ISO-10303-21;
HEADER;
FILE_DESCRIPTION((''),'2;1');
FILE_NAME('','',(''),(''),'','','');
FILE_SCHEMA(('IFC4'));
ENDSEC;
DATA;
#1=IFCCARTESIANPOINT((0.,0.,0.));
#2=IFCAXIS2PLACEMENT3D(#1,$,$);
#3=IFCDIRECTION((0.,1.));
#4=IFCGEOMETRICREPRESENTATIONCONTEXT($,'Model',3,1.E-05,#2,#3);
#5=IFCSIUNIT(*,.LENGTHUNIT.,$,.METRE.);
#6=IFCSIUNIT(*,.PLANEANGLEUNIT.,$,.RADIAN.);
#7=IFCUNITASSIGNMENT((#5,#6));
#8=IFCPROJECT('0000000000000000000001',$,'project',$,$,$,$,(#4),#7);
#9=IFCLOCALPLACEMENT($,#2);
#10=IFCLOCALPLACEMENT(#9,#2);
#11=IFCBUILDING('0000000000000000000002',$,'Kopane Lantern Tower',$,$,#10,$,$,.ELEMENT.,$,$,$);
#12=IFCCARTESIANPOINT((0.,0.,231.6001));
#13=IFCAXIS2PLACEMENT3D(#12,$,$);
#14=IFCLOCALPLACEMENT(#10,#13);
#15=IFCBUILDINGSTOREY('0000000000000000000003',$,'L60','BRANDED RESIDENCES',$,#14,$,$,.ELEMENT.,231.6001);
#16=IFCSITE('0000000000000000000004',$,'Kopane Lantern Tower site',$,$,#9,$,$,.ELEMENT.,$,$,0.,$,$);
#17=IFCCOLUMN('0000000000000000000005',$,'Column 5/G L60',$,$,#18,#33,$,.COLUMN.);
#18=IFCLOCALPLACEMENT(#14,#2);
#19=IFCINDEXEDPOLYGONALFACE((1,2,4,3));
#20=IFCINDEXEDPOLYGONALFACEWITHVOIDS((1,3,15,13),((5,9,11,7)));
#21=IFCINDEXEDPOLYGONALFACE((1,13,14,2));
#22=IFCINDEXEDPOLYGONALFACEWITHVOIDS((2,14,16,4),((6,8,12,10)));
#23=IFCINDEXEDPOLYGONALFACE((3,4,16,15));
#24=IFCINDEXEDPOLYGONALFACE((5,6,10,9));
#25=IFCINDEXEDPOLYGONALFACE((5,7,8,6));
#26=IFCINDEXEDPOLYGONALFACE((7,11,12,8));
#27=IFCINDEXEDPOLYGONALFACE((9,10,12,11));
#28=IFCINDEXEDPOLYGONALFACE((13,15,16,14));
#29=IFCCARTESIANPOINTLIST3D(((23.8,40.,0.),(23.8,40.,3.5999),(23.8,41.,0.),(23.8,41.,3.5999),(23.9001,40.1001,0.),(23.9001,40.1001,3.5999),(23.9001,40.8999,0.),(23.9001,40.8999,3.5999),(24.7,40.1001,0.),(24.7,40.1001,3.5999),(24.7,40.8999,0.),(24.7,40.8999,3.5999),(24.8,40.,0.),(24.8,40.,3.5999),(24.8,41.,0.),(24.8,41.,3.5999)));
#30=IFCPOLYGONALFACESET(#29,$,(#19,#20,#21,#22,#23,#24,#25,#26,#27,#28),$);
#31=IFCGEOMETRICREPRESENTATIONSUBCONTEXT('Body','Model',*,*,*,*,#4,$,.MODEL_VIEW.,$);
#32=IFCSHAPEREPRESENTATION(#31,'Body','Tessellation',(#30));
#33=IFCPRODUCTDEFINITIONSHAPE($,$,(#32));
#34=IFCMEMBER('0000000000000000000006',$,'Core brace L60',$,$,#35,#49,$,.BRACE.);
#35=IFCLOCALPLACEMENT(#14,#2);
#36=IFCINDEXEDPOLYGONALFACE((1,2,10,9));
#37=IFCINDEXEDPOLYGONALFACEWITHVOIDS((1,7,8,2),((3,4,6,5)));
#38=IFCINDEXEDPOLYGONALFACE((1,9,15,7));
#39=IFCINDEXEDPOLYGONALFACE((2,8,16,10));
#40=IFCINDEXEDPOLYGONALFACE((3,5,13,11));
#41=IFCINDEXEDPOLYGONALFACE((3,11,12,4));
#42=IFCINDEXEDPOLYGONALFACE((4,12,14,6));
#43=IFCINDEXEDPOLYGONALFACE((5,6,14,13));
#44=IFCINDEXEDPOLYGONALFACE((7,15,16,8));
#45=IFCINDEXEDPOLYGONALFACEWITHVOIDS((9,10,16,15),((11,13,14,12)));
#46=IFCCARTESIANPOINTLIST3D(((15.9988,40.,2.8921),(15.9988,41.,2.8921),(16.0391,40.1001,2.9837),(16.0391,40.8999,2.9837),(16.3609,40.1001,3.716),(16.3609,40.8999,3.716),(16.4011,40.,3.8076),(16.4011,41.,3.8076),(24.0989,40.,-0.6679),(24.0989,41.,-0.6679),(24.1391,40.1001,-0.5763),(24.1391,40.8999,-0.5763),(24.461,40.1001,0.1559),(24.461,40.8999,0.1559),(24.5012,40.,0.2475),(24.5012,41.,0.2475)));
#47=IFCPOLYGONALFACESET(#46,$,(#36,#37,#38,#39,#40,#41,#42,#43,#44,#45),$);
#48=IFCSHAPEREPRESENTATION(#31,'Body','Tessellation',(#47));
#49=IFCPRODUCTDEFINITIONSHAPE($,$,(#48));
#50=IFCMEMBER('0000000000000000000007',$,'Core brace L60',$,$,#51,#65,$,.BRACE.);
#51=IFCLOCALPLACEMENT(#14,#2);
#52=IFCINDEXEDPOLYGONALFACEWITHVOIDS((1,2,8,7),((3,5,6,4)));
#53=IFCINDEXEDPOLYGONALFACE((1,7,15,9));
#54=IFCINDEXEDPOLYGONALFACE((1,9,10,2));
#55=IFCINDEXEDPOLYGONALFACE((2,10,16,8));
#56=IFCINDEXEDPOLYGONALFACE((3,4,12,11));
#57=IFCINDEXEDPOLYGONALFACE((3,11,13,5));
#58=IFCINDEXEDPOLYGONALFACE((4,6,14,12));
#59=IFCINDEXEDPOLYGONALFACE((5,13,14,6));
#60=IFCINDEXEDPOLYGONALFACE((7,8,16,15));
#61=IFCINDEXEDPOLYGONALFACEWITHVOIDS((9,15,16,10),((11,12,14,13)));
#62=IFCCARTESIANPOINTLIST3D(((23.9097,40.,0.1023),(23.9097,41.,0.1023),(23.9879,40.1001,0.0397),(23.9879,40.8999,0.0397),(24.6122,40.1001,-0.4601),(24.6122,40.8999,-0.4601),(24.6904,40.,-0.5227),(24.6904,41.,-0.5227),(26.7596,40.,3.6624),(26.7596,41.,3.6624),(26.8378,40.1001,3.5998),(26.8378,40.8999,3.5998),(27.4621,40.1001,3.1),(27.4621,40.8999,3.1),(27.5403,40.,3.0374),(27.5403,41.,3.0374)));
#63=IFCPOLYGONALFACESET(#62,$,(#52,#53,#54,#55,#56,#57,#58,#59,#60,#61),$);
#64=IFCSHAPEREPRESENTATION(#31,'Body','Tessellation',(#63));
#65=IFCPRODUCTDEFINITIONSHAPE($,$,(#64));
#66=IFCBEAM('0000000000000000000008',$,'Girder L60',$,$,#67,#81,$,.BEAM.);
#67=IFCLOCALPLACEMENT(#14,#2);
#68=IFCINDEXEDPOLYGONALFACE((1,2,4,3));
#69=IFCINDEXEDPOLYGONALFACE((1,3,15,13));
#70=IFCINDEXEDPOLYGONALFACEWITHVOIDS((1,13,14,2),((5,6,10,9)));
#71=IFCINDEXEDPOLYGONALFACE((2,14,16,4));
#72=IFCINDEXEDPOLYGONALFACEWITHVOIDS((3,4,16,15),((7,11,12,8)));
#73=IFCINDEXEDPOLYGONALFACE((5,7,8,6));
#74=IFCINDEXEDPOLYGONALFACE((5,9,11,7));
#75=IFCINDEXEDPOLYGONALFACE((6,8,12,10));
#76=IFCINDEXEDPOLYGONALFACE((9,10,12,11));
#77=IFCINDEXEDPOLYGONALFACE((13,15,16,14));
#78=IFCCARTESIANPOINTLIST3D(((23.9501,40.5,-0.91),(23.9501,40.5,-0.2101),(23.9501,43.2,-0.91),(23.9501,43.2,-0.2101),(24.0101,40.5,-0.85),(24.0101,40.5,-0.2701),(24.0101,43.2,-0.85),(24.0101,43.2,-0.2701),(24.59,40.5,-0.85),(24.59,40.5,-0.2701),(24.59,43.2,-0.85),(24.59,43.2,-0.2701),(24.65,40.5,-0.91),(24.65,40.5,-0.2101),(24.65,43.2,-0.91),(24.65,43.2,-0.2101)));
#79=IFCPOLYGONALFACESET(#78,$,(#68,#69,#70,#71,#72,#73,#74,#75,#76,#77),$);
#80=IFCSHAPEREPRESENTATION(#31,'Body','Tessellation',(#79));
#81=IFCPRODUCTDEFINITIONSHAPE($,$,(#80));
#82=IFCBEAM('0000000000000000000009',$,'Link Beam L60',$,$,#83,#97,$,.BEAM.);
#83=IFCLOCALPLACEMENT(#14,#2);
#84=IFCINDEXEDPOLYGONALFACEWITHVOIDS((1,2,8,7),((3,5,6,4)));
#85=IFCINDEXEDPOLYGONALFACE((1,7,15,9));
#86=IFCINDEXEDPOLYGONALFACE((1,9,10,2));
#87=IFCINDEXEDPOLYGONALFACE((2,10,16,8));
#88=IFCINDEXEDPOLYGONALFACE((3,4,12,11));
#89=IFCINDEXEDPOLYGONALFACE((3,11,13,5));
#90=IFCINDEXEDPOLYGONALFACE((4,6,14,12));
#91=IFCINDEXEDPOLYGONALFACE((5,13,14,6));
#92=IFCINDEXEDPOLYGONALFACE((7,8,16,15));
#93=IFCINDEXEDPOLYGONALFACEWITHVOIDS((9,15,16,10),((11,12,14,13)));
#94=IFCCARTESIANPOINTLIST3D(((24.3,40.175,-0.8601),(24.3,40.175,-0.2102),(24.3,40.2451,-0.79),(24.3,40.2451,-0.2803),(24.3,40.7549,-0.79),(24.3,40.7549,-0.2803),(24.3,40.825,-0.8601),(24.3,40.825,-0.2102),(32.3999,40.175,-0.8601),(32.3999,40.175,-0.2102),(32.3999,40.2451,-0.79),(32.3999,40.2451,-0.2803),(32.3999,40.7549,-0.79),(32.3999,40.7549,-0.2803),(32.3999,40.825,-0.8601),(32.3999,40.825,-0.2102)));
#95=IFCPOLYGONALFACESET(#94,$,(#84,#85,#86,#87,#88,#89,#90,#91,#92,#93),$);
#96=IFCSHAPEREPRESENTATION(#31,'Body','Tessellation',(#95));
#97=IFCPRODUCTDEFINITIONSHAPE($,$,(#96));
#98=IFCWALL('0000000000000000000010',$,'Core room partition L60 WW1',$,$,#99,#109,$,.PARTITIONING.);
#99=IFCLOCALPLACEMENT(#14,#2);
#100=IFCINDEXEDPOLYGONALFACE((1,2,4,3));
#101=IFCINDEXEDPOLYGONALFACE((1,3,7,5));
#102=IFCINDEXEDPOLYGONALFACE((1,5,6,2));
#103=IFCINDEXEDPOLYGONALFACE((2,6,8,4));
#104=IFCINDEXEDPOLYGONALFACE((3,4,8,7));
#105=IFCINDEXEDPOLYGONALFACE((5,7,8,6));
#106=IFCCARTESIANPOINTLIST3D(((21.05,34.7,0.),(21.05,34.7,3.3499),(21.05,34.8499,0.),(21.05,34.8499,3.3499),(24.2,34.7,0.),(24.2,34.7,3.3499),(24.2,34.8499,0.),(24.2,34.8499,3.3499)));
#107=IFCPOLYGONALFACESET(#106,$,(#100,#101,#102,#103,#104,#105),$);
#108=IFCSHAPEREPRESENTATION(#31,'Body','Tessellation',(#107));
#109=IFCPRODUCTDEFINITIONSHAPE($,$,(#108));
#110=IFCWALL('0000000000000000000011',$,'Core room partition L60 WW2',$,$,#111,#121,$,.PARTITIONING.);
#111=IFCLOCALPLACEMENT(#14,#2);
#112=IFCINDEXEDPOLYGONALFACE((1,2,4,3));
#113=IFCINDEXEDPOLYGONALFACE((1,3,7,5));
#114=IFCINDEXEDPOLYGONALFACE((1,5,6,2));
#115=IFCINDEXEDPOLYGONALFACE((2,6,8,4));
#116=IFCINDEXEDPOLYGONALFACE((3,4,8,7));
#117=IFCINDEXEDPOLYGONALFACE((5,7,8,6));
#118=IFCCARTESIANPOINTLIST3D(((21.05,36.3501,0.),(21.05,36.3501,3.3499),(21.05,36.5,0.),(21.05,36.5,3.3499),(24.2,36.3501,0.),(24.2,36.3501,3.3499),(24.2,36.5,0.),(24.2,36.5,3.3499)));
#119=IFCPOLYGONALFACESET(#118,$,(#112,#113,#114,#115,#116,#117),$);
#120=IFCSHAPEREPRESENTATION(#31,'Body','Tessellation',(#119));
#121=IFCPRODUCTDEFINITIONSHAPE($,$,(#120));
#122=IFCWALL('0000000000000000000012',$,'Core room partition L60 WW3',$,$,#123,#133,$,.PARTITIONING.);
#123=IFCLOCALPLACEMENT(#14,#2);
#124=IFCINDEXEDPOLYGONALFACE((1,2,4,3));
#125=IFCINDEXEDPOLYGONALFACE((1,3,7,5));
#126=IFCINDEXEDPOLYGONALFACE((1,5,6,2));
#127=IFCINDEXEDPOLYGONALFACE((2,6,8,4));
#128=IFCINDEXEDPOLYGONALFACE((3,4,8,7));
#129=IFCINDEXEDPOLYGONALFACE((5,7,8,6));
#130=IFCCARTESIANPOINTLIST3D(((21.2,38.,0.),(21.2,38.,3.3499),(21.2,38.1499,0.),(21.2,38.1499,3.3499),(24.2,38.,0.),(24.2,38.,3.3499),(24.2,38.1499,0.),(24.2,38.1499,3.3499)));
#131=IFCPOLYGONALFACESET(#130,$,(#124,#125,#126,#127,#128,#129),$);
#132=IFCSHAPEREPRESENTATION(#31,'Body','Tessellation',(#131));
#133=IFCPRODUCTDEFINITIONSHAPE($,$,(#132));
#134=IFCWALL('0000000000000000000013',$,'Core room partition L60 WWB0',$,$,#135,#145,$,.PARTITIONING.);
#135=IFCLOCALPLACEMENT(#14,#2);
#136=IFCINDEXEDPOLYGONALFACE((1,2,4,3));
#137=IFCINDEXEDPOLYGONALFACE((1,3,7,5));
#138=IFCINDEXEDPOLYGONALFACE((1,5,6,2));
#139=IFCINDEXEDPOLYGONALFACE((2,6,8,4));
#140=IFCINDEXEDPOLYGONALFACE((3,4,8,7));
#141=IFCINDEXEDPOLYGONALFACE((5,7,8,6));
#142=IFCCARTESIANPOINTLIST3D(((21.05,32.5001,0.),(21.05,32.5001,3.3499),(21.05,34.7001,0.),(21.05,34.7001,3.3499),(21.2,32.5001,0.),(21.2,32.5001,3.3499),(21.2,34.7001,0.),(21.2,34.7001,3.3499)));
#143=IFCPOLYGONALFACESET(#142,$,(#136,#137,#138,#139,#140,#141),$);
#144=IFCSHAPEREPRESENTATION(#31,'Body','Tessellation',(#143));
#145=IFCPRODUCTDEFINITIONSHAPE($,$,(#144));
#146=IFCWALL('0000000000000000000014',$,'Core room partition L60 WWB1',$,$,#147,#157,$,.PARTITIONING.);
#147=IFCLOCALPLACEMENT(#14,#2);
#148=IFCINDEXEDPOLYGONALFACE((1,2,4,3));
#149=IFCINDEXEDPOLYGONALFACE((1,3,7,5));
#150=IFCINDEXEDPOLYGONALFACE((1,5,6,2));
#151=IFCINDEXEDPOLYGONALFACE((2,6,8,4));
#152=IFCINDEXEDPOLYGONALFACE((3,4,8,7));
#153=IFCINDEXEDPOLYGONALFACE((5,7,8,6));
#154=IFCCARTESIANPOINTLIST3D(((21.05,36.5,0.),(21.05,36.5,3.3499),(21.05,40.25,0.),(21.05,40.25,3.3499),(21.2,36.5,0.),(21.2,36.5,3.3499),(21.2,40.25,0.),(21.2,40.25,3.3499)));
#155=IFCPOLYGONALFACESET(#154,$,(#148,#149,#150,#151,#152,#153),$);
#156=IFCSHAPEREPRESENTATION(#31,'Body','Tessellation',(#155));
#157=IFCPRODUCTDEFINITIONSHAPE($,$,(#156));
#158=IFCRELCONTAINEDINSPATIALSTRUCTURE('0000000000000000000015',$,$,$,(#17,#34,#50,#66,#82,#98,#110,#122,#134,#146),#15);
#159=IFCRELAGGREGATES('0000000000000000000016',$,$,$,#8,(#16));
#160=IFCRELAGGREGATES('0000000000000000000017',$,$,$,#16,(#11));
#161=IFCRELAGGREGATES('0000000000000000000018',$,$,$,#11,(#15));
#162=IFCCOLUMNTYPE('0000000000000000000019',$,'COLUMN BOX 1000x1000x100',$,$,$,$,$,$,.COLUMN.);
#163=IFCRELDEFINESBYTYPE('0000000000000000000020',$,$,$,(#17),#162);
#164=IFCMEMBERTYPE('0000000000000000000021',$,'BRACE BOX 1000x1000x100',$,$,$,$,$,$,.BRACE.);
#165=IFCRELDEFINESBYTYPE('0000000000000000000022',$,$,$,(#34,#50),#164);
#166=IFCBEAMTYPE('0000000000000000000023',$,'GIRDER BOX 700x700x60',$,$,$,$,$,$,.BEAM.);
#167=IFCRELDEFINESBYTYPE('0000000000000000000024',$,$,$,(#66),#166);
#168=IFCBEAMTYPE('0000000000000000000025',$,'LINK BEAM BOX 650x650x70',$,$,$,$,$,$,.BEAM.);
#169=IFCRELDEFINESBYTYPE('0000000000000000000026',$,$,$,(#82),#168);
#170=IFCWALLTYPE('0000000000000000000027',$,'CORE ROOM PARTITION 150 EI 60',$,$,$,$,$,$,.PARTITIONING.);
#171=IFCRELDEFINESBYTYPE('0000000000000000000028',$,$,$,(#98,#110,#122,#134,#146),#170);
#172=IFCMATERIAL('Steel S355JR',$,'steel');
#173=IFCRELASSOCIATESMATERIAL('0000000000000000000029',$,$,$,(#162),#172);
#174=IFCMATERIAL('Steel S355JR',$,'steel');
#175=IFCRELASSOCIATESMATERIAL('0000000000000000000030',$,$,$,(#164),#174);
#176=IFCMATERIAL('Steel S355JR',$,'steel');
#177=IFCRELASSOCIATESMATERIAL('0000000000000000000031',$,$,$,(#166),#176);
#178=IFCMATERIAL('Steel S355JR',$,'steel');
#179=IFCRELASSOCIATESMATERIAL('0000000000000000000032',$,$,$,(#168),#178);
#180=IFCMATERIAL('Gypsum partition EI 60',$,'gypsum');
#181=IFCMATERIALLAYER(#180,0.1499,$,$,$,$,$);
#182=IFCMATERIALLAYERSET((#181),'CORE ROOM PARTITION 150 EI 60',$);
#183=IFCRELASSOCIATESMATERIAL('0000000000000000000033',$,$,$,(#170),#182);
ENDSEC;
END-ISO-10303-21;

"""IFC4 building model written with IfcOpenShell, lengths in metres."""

from ifc_helpers import new_model, si_unit, direction, frame, frame_2d, origin, origin_2d, place, context, subcontext, project, spatial, rectangle, hollow_rectangle, extrude, material, layer, layer_set, material_profile, profile_set, type_object, element, save


model = new_model("IFC4")

# Units and contexts
model_context = context("Model", 3, precision=1e-05, world=origin(), true_north=direction((0.0, 1.0)))
body_context = subcontext(model_context, "Body", "Model", "MODEL_VIEW")
ifc_project = project(units=[si_unit("LENGTHUNIT", "METRE"), si_unit("PLANEANGLEUNIT", "RADIAN")], contexts=[model_context])

# Site, building, storey
site_placement = place(None, origin())
site = spatial("IfcSite", under=ifc_project, at=site_placement, Name="Kopane Lantern Tower site", CompositionType="ELEMENT", RefElevation=0.0)
building_placement = place(site_placement, origin())
building = spatial("IfcBuilding", under=site, at=building_placement, Name="Kopane Lantern Tower", CompositionType="ELEMENT")
storey_placement = place(building_placement, frame((0.0, 0.0, 231.6001)))
storey = spatial("IfcBuildingStorey", under=building, at=storey_placement, Name="L60", Description="BRANDED RESIDENCES", CompositionType="ELEMENT", Elevation=231.6001)

# Column
ifc_material_1 = material(Name="Steel S355JR", Category="steel")
ifc_material_profile_1 = material_profile(ifc_material_1, hollow_rectangle(XDim=1.0, YDim=1.0, WallThickness=0.1001, at=origin_2d()), Name="BOX 1000x1000x100")
ifc_profile_set_1 = profile_set([ifc_material_profile_1], Name="Steel S355JR")
column_type = type_object("IfcColumnType", Name="COLUMN BOX 1000x1000x100", PredefinedType="COLUMN", material=ifc_profile_set_1)
column_placement = place(storey_placement, frame((24.3, 40.5, 0.0), z_axis=(0.0, 0.0, 1.0), x_axis=(1.0, 0.0, 0.0)))
element("IfcColumn", 1, at=column_placement, inside=storey, type_object=column_type, Name="Column 5/G L60", PredefinedType="COLUMN", context=body_context, shape_type="SweptSolid", body=[
    extrude(hollow_rectangle(XDim=1.0, YDim=1.0, WallThickness=0.1001, at=origin_2d()), origin(), (0.0, 0.0, 1.0), 3.5999),
])

# Members
ifc_material_2 = material(Name="Steel S355JR", Category="steel")
ifc_material_profile_2 = material_profile(ifc_material_2, hollow_rectangle(XDim=1.0, YDim=1.0, WallThickness=0.1001, at=origin_2d()), Name="BOX 1000x1000x100")
ifc_profile_set_2 = profile_set([ifc_material_profile_2], Name="Steel S355JR")
member_type = type_object("IfcMemberType", Name="BRACE BOX 1000x1000x100", PredefinedType="BRACE", material=ifc_profile_set_2)
member_1_placement = place(storey_placement, frame((24.3, 40.5, -0.2102), z_axis=(-0.915481, 0.0, 0.402361), x_axis=(0.0, -1.0, 0.0)))
element("IfcMember", 2, at=member_1_placement, inside=storey, type_object=member_type, Name="Core brace L60", PredefinedType="BRACE", context=body_context, shape_type="SweptSolid", body=[
    extrude(hollow_rectangle(XDim=1.0, YDim=1.0, WallThickness=0.1001, at=origin_2d()), origin(), (0.0, 0.0, 1.0), 8.8479),
])
member_2_placement = place(storey_placement, frame((24.3, 40.5, -0.2102), z_axis=(0.624937, 0.0, 0.780676), x_axis=(0.0, 1.0, 0.0)))
element("IfcMember", 3, at=member_2_placement, inside=storey, type_object=member_type, Name="Core brace L60", PredefinedType="BRACE", context=body_context, shape_type="SweptSolid", body=[
    extrude(hollow_rectangle(XDim=1.0, YDim=1.0, WallThickness=0.1001, at=origin_2d()), origin(), (0.0, 0.0, 1.0), 4.5603),
])

# Beams
ifc_material_3 = material(Name="Steel S355JR", Category="steel")
ifc_material_profile_3 = material_profile(ifc_material_3, hollow_rectangle(XDim=0.7, YDim=0.7, WallThickness=0.0601, at=origin_2d()), Name="BOX 700x700x60")
ifc_profile_set_3 = profile_set([ifc_material_profile_3], Name="Steel S355JR")
beam_type_1 = type_object("IfcBeamType", Name="GIRDER BOX 700x700x60", PredefinedType="BEAM", material=ifc_profile_set_3)
beam_1_placement = place(storey_placement, frame((24.3, 40.5, -0.5601), z_axis=(0.0, 1.0, 0.0), x_axis=(-1.0, 0.0, 0.0)))
element("IfcBeam", 4, at=beam_1_placement, inside=storey, type_object=beam_type_1, Name="Girder L60", PredefinedType="BEAM", context=body_context, shape_type="SweptSolid", body=[
    extrude(hollow_rectangle(XDim=0.7, YDim=0.7, WallThickness=0.0601, at=origin_2d()), origin(), (0.0, 0.0, 1.0), 2.7),
])
ifc_material_4 = material(Name="Steel S355JR", Category="steel")
ifc_material_profile_4 = material_profile(ifc_material_4, hollow_rectangle(XDim=0.6499, YDim=0.6499, WallThickness=0.0701, at=origin_2d()), Name="BOX 650x650x70")
ifc_profile_set_4 = profile_set([ifc_material_profile_4], Name="Steel S355JR")
beam_type_2 = type_object("IfcBeamType", Name="LINK BEAM BOX 650x650x70", PredefinedType="BEAM", material=ifc_profile_set_4)
beam_2_placement = place(storey_placement, frame((24.3, 40.5, -0.5352), z_axis=(1.0, 0.0, 0.0), x_axis=(0.0, 1.0, 0.0)))
element("IfcBeam", 5, at=beam_2_placement, inside=storey, type_object=beam_type_2, Name="Link Beam L60", PredefinedType="BEAM", context=body_context, shape_type="SweptSolid", body=[
    extrude(hollow_rectangle(XDim=0.6499, YDim=0.6499, WallThickness=0.0701, at=origin_2d()), origin(), (0.0, 0.0, 1.0), 8.0999),
])

# Walls
ifc_material_5 = material(Name="Gypsum partition EI 60", Category="gypsum")
ifc_layer_1 = layer(ifc_material_5, 0.1499)
ifc_layer_set_1 = layer_set([ifc_layer_1], Name="CORE ROOM PARTITION 150 EI 60")
wall_type_1 = type_object("IfcWallType", Name="CORE ROOM PARTITION 150 EI 60", PredefinedType="PARTITIONING", material=ifc_layer_set_1)
for number, where, z_axis, x_axis, name in (
    (6, (21.05, 34.7749, 0.0), (0.0, 0.0, 1.0), (1.0, 0.0, 0.0), "Core room partition L60 WW1"),
    (7, (21.05, 36.425, 0.0), (0.0, 0.0, 1.0), (1.0, 0.0, 0.0), "Core room partition L60 WW2"),
):
    element("IfcWall", number, at=place(storey_placement, frame(where, z_axis=z_axis, x_axis=x_axis)), inside=storey, type_object=wall_type_1, Name=name, PredefinedType="PARTITIONING", context=body_context, shape_type="SweptSolid", body=[
        extrude(rectangle(XDim=3.1499, YDim=0.1499, at=frame_2d((1.575, 0.0))), origin(), (0.0, 0.0, 1.0), 3.3499),
    ])
wall_1_placement = place(storey_placement, frame((21.2, 38.075, 0.0), z_axis=(0.0, 0.0, 1.0), x_axis=(1.0, 0.0, 0.0)))
element("IfcWall", 8, at=wall_1_placement, inside=storey, type_object=wall_type_1, Name="Core room partition L60 WW3", PredefinedType="PARTITIONING", context=body_context, shape_type="SweptSolid", body=[
    extrude(rectangle(XDim=3.0, YDim=0.1499, at=frame_2d((1.5, 0.0))), origin(), (0.0, 0.0, 1.0), 3.3499),
])
wall_2_placement = place(storey_placement, frame((21.125, 32.5, 0.0), z_axis=(0.0, 0.0, 1.0), x_axis=(0.0, 1.0, 0.0)))
element("IfcWall", 9, at=wall_2_placement, inside=storey, type_object=wall_type_1, Name="Core room partition L60 WWB0", PredefinedType="PARTITIONING", context=body_context, shape_type="SweptSolid", body=[
    extrude(rectangle(XDim=2.2, YDim=0.1499, at=frame_2d((1.1001, 0.0))), origin(), (0.0, 0.0, 1.0), 3.3499),
])
wall_3_placement = place(storey_placement, frame((21.125, 36.5, 0.0), z_axis=(0.0, 0.0, 1.0), x_axis=(0.0, 1.0, 0.0)))
element("IfcWall", 10, at=wall_3_placement, inside=storey, type_object=wall_type_1, Name="Core room partition L60 WWB1", PredefinedType="PARTITIONING", context=body_context, shape_type="SweptSolid", body=[
    extrude(rectangle(XDim=3.75, YDim=0.1499, at=frame_2d((1.875, 0.0))), origin(), (0.0, 0.0, 1.0), 3.3499),
])

save(model, "model.ifc")
